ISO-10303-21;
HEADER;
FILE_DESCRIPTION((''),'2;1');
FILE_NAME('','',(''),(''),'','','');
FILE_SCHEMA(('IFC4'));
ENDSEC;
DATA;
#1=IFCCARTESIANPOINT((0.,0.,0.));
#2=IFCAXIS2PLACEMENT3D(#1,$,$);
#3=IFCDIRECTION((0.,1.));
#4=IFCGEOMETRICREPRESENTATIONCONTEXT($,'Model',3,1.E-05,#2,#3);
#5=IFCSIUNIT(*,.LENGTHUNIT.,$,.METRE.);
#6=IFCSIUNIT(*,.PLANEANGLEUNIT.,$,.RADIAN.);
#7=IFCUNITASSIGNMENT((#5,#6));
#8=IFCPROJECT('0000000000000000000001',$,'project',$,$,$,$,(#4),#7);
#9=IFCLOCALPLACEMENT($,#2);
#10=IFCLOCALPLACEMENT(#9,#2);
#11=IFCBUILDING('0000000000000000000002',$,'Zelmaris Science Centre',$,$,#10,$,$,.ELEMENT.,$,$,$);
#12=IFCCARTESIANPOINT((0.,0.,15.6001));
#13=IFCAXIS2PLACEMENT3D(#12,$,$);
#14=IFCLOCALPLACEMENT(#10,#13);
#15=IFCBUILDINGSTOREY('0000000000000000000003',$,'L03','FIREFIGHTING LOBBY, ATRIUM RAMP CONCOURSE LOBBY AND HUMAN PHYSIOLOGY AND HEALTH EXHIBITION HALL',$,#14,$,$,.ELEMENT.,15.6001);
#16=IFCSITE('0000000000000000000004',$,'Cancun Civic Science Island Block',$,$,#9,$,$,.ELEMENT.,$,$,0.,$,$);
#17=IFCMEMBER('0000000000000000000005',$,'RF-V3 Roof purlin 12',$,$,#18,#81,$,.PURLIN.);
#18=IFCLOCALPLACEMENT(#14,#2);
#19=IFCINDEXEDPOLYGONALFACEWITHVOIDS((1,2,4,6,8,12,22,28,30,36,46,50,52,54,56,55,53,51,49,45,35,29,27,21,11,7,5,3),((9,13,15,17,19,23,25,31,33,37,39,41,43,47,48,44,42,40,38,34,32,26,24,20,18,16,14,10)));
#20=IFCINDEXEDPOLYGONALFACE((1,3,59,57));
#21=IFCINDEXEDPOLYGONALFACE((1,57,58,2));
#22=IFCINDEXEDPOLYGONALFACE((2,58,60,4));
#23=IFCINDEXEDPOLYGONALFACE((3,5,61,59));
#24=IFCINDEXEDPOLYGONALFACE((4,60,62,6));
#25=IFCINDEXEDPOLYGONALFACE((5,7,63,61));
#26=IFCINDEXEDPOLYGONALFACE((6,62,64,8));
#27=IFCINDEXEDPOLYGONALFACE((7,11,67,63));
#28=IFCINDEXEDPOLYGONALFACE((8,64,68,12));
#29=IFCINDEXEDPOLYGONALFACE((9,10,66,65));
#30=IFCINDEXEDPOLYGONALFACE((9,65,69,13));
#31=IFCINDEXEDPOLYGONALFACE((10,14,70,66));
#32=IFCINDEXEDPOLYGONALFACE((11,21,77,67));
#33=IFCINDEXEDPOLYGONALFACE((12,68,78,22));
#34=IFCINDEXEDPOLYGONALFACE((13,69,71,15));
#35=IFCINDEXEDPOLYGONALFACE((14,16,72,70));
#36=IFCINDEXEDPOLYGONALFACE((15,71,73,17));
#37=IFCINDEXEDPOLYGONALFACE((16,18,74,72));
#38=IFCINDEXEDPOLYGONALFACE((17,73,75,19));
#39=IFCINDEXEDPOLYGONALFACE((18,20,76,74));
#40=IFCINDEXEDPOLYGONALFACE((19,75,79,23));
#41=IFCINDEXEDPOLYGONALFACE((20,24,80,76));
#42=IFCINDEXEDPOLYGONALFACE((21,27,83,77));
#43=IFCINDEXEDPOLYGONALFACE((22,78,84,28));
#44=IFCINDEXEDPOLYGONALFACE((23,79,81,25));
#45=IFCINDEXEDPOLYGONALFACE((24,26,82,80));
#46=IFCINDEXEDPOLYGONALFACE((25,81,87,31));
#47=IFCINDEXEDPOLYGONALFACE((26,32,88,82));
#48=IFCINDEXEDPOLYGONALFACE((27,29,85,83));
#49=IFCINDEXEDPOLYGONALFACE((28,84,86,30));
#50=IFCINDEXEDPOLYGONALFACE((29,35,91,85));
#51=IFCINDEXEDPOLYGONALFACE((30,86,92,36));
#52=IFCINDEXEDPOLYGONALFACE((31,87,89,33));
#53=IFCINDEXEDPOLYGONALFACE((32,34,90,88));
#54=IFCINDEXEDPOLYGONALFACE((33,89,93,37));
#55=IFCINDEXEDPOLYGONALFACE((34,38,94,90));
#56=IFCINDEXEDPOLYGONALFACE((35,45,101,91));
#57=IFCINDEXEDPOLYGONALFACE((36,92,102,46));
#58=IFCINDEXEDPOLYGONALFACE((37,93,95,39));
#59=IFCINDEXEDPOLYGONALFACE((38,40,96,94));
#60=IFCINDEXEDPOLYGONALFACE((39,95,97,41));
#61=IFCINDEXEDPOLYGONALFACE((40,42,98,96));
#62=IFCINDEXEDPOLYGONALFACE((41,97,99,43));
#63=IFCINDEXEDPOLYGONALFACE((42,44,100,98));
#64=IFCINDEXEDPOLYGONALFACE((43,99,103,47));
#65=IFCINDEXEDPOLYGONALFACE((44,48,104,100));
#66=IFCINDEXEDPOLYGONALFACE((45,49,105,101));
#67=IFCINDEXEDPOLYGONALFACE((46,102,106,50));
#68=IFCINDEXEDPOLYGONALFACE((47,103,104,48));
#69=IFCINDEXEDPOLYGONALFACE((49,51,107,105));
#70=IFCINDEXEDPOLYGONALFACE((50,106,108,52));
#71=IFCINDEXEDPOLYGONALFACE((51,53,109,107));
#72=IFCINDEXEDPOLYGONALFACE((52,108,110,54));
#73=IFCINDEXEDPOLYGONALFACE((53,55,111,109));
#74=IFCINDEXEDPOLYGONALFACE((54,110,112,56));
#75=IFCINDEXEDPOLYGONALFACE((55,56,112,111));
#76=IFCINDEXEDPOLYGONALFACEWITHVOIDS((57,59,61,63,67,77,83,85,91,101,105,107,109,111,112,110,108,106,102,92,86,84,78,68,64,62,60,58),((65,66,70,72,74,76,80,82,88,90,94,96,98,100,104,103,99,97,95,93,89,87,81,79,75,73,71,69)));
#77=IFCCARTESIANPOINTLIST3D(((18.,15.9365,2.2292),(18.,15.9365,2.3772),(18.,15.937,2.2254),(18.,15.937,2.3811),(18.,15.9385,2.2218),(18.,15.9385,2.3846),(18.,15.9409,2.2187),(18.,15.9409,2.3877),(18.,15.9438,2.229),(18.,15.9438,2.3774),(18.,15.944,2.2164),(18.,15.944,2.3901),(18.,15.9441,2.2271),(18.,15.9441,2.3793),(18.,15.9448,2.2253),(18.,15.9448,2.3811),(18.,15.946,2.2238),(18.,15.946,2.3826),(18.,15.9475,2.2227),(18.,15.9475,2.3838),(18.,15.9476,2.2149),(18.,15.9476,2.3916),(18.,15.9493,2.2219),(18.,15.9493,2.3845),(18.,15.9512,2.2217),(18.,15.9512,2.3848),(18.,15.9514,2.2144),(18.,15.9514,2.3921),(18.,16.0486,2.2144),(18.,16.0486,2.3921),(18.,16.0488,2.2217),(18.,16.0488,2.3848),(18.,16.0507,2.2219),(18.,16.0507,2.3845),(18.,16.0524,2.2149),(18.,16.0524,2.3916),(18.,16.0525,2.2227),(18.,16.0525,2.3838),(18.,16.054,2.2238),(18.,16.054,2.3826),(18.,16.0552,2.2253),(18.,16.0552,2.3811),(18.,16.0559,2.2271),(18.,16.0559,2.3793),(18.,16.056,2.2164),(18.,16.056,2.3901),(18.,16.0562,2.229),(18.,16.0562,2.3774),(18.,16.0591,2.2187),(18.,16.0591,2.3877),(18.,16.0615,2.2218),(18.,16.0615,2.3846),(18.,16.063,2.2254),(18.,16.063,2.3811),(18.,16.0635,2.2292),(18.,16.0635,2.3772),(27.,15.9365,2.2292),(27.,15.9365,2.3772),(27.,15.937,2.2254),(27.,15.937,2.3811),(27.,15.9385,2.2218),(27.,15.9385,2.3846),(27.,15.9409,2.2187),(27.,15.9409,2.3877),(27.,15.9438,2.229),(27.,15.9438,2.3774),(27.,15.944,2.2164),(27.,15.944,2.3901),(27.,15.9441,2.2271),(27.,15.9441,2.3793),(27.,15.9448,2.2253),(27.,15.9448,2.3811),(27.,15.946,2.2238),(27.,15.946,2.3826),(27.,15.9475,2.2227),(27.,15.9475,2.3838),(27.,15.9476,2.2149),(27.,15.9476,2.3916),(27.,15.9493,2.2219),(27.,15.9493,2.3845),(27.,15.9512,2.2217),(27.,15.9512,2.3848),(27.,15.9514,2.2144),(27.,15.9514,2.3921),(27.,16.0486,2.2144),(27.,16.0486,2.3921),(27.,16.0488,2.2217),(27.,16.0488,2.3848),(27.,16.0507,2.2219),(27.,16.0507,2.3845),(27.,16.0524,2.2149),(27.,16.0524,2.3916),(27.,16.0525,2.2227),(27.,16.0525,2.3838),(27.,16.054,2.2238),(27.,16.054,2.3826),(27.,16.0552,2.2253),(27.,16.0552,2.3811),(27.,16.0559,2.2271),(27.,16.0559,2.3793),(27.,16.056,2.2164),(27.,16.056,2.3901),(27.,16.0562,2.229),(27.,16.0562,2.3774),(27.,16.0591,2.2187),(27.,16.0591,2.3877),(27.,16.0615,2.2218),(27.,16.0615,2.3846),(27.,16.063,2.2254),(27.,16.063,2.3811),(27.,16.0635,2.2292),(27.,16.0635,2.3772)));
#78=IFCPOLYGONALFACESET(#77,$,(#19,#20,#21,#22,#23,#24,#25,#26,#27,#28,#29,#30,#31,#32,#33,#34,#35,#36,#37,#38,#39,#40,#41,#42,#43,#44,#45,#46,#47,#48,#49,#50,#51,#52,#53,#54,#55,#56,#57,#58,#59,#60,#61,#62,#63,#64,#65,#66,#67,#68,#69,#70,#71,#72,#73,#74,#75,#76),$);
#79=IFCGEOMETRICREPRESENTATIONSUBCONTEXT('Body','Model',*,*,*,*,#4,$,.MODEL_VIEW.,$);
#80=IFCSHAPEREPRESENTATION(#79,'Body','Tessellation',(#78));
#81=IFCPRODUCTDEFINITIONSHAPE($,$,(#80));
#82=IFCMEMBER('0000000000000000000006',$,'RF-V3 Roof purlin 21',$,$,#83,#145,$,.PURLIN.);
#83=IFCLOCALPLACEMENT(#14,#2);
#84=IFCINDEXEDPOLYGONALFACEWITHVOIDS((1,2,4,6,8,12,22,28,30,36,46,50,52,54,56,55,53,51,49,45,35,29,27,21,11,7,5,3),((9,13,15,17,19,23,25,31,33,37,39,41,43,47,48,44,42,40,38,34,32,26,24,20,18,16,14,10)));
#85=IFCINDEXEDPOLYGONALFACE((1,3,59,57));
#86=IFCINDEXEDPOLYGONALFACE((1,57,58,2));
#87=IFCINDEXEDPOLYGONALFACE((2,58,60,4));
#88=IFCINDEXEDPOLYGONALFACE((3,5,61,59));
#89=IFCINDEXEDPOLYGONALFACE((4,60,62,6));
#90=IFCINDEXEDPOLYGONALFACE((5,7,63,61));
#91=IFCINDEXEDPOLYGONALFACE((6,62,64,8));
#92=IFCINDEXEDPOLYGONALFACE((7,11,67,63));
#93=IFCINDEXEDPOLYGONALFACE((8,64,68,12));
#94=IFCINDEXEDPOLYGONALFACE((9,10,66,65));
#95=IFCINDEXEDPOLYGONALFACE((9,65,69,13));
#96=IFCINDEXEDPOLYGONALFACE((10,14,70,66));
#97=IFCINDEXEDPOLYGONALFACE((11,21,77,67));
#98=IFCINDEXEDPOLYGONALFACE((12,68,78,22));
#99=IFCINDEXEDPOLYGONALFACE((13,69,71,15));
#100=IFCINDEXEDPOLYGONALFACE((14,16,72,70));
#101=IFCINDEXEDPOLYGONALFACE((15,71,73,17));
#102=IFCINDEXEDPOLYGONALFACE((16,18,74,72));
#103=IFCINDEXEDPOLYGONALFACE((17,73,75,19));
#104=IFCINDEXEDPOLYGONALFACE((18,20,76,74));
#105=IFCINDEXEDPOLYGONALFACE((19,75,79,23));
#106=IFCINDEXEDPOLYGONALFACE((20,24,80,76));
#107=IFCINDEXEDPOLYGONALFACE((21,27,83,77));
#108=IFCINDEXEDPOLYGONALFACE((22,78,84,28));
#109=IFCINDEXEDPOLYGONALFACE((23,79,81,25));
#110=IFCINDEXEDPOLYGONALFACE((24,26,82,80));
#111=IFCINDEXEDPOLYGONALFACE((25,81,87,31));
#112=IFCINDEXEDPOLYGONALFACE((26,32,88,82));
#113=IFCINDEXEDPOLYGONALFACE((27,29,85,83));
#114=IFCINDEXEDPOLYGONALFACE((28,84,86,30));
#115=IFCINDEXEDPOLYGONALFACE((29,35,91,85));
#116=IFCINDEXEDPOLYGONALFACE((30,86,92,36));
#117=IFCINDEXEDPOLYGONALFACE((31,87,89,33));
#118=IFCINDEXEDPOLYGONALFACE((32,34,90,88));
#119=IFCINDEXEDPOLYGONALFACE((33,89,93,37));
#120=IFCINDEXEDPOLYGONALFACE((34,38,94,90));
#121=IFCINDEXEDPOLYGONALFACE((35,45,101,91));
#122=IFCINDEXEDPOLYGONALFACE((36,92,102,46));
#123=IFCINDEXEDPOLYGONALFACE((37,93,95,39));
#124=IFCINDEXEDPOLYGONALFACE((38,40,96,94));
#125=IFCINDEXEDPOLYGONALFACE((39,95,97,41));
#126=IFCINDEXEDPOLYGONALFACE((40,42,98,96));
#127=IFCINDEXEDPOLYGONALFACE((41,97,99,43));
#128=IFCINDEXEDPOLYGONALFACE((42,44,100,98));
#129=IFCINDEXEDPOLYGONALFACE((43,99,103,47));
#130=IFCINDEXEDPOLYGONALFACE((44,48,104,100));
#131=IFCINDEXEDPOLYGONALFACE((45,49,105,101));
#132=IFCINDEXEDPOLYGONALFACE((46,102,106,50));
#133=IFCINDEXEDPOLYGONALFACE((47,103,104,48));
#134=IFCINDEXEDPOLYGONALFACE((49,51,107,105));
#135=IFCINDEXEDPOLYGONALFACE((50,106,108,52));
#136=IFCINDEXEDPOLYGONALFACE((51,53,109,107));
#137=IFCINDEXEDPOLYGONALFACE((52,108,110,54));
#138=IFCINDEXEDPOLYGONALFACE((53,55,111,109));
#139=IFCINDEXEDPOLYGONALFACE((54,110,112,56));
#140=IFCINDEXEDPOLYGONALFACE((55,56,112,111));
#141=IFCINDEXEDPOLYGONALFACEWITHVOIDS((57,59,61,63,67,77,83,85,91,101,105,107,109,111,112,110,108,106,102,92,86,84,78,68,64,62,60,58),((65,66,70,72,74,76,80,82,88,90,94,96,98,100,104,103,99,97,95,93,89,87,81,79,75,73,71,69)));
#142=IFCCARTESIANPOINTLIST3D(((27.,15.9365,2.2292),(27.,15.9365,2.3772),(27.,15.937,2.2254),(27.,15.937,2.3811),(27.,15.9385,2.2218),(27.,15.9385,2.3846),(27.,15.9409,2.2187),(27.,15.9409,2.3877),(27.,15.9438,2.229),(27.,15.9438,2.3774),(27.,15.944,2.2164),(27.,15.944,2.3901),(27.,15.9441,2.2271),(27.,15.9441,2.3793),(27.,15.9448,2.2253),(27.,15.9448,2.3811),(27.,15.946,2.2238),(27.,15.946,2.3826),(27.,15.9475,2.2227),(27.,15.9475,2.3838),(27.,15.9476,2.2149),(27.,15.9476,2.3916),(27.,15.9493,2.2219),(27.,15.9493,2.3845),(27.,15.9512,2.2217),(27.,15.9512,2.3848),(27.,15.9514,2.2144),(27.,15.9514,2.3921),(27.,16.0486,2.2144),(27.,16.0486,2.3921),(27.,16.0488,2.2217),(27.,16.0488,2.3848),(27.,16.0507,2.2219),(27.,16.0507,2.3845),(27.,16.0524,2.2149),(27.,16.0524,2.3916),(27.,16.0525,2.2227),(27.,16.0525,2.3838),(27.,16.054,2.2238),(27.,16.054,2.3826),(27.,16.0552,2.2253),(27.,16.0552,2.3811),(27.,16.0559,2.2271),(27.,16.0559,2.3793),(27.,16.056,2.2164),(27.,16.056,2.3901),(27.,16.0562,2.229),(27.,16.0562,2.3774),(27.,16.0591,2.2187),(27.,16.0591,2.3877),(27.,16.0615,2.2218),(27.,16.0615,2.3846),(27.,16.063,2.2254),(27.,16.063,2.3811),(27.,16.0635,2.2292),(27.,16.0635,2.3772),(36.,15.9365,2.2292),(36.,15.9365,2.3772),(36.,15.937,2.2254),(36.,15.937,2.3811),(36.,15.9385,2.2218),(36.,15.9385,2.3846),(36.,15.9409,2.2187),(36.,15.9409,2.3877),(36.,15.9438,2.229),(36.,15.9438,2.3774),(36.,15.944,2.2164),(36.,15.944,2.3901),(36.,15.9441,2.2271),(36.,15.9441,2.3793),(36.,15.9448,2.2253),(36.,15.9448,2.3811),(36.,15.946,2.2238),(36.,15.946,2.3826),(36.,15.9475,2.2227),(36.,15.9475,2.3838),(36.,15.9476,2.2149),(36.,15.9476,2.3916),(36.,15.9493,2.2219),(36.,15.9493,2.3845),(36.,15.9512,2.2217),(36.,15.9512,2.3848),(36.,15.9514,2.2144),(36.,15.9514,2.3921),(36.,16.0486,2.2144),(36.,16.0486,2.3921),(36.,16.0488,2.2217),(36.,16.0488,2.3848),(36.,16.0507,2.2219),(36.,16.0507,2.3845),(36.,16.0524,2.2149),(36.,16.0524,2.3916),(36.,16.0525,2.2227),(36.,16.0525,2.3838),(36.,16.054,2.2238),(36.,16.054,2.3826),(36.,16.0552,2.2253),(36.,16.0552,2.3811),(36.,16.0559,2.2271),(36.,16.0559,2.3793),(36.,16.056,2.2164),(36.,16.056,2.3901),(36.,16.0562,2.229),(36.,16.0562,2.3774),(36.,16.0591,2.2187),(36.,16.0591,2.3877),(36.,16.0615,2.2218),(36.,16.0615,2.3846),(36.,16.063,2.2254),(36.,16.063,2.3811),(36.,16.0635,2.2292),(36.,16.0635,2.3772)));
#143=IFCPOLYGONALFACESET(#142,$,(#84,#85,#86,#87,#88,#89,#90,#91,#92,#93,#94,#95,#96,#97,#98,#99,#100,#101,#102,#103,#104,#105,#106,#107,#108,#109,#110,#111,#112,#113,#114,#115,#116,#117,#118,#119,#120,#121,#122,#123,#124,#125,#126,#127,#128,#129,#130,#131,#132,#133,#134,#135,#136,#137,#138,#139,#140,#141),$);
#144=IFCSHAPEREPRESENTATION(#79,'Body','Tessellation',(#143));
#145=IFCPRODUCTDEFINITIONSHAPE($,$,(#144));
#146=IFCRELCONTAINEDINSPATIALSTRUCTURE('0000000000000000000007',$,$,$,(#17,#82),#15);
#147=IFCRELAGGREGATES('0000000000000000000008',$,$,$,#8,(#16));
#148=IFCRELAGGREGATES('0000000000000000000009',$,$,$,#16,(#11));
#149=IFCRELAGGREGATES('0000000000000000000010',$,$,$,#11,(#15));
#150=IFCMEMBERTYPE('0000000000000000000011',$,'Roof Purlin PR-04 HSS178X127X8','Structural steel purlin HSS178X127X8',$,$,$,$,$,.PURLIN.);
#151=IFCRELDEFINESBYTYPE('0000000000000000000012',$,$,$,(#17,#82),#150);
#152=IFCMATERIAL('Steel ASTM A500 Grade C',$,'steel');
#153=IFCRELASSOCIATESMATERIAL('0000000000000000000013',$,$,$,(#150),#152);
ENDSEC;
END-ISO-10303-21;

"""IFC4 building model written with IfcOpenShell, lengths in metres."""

from ifc_helpers import new_model, si_unit, direction, frame, origin, origin_2d, place, context, subcontext, project, spatial, hollow_rectangle, extrude, material, material_profile, profile_set, type_object, element, save


model = new_model("IFC4")

# Units and contexts
model_context = context("Model", 3, precision=1e-05, world=origin(), true_north=direction((0.0, 1.0)))
body_context = subcontext(model_context, "Body", "Model", "MODEL_VIEW")
ifc_project = project(units=[si_unit("LENGTHUNIT", "METRE"), si_unit("PLANEANGLEUNIT", "RADIAN")], contexts=[model_context])

# Site, building, storey
site_placement = place(None, origin())
site = spatial("IfcSite", under=ifc_project, at=site_placement, Name="Cancun Civic Science Island Block", CompositionType="ELEMENT", RefElevation=0.0)
building_placement = place(site_placement, origin())
building = spatial("IfcBuilding", under=site, at=building_placement, Name="Zelmaris Science Centre", CompositionType="ELEMENT")
storey_placement = place(building_placement, frame((0.0, 0.0, 15.6001)))
storey = spatial("IfcBuildingStorey", under=building, at=storey_placement, Name="L03", Description="FIREFIGHTING LOBBY, ATRIUM RAMP CONCOURSE LOBBY AND HUMAN PHYSIOLOGY AND HEALTH EXHIBITION HALL", CompositionType="ELEMENT", Elevation=15.6001)

# Shared definitions
ifc_material = material(Name="Steel ASTM A500 Grade C", Category="steel")

# Members
ifc_material_profile_1 = material_profile(ifc_material, hollow_rectangle(XDim=0.127, YDim=0.1777, WallThickness=0.0073, InnerFilletRadius=0.0073, OuterFilletRadius=0.0149, at=origin_2d()), Name="HSS178X127X8")
ifc_profile_set_1 = profile_set([ifc_material_profile_1], Name="Steel ASTM A500 Grade C")
member_type_1 = type_object("IfcMemberType", Name="Roof Purlin PR-04 HSS178X127X8", Description="Structural steel purlin HSS178X127X8", PredefinedType="PURLIN", material=ifc_profile_set_1)
for number, where, z_axis, x_axis, name in (
    (1, (18.0, 16.0, 2.3032), (1.0, 0.0, 0.0), (0.0, 1.0, 0.0), "RF-V3 Roof purlin 12"),
    (2, (27.0, 16.0, 2.3032), (1.0, 0.0, 0.0), (0.0, 1.0, 0.0), "RF-V3 Roof purlin 21"),
):
    element("IfcMember", number, at=place(storey_placement, frame(where, z_axis=z_axis, x_axis=x_axis)), inside=storey, type_object=member_type_1, Name=name, PredefinedType="PURLIN", context=body_context, shape_type="SweptSolid", body=[
        extrude(hollow_rectangle(XDim=0.127, YDim=0.1777, WallThickness=0.0073, InnerFilletRadius=0.0073, OuterFilletRadius=0.0149, at=origin_2d()), origin(), (0.0, 0.0, 1.0), 9.0),
    ])

save(model, "model.ifc")
